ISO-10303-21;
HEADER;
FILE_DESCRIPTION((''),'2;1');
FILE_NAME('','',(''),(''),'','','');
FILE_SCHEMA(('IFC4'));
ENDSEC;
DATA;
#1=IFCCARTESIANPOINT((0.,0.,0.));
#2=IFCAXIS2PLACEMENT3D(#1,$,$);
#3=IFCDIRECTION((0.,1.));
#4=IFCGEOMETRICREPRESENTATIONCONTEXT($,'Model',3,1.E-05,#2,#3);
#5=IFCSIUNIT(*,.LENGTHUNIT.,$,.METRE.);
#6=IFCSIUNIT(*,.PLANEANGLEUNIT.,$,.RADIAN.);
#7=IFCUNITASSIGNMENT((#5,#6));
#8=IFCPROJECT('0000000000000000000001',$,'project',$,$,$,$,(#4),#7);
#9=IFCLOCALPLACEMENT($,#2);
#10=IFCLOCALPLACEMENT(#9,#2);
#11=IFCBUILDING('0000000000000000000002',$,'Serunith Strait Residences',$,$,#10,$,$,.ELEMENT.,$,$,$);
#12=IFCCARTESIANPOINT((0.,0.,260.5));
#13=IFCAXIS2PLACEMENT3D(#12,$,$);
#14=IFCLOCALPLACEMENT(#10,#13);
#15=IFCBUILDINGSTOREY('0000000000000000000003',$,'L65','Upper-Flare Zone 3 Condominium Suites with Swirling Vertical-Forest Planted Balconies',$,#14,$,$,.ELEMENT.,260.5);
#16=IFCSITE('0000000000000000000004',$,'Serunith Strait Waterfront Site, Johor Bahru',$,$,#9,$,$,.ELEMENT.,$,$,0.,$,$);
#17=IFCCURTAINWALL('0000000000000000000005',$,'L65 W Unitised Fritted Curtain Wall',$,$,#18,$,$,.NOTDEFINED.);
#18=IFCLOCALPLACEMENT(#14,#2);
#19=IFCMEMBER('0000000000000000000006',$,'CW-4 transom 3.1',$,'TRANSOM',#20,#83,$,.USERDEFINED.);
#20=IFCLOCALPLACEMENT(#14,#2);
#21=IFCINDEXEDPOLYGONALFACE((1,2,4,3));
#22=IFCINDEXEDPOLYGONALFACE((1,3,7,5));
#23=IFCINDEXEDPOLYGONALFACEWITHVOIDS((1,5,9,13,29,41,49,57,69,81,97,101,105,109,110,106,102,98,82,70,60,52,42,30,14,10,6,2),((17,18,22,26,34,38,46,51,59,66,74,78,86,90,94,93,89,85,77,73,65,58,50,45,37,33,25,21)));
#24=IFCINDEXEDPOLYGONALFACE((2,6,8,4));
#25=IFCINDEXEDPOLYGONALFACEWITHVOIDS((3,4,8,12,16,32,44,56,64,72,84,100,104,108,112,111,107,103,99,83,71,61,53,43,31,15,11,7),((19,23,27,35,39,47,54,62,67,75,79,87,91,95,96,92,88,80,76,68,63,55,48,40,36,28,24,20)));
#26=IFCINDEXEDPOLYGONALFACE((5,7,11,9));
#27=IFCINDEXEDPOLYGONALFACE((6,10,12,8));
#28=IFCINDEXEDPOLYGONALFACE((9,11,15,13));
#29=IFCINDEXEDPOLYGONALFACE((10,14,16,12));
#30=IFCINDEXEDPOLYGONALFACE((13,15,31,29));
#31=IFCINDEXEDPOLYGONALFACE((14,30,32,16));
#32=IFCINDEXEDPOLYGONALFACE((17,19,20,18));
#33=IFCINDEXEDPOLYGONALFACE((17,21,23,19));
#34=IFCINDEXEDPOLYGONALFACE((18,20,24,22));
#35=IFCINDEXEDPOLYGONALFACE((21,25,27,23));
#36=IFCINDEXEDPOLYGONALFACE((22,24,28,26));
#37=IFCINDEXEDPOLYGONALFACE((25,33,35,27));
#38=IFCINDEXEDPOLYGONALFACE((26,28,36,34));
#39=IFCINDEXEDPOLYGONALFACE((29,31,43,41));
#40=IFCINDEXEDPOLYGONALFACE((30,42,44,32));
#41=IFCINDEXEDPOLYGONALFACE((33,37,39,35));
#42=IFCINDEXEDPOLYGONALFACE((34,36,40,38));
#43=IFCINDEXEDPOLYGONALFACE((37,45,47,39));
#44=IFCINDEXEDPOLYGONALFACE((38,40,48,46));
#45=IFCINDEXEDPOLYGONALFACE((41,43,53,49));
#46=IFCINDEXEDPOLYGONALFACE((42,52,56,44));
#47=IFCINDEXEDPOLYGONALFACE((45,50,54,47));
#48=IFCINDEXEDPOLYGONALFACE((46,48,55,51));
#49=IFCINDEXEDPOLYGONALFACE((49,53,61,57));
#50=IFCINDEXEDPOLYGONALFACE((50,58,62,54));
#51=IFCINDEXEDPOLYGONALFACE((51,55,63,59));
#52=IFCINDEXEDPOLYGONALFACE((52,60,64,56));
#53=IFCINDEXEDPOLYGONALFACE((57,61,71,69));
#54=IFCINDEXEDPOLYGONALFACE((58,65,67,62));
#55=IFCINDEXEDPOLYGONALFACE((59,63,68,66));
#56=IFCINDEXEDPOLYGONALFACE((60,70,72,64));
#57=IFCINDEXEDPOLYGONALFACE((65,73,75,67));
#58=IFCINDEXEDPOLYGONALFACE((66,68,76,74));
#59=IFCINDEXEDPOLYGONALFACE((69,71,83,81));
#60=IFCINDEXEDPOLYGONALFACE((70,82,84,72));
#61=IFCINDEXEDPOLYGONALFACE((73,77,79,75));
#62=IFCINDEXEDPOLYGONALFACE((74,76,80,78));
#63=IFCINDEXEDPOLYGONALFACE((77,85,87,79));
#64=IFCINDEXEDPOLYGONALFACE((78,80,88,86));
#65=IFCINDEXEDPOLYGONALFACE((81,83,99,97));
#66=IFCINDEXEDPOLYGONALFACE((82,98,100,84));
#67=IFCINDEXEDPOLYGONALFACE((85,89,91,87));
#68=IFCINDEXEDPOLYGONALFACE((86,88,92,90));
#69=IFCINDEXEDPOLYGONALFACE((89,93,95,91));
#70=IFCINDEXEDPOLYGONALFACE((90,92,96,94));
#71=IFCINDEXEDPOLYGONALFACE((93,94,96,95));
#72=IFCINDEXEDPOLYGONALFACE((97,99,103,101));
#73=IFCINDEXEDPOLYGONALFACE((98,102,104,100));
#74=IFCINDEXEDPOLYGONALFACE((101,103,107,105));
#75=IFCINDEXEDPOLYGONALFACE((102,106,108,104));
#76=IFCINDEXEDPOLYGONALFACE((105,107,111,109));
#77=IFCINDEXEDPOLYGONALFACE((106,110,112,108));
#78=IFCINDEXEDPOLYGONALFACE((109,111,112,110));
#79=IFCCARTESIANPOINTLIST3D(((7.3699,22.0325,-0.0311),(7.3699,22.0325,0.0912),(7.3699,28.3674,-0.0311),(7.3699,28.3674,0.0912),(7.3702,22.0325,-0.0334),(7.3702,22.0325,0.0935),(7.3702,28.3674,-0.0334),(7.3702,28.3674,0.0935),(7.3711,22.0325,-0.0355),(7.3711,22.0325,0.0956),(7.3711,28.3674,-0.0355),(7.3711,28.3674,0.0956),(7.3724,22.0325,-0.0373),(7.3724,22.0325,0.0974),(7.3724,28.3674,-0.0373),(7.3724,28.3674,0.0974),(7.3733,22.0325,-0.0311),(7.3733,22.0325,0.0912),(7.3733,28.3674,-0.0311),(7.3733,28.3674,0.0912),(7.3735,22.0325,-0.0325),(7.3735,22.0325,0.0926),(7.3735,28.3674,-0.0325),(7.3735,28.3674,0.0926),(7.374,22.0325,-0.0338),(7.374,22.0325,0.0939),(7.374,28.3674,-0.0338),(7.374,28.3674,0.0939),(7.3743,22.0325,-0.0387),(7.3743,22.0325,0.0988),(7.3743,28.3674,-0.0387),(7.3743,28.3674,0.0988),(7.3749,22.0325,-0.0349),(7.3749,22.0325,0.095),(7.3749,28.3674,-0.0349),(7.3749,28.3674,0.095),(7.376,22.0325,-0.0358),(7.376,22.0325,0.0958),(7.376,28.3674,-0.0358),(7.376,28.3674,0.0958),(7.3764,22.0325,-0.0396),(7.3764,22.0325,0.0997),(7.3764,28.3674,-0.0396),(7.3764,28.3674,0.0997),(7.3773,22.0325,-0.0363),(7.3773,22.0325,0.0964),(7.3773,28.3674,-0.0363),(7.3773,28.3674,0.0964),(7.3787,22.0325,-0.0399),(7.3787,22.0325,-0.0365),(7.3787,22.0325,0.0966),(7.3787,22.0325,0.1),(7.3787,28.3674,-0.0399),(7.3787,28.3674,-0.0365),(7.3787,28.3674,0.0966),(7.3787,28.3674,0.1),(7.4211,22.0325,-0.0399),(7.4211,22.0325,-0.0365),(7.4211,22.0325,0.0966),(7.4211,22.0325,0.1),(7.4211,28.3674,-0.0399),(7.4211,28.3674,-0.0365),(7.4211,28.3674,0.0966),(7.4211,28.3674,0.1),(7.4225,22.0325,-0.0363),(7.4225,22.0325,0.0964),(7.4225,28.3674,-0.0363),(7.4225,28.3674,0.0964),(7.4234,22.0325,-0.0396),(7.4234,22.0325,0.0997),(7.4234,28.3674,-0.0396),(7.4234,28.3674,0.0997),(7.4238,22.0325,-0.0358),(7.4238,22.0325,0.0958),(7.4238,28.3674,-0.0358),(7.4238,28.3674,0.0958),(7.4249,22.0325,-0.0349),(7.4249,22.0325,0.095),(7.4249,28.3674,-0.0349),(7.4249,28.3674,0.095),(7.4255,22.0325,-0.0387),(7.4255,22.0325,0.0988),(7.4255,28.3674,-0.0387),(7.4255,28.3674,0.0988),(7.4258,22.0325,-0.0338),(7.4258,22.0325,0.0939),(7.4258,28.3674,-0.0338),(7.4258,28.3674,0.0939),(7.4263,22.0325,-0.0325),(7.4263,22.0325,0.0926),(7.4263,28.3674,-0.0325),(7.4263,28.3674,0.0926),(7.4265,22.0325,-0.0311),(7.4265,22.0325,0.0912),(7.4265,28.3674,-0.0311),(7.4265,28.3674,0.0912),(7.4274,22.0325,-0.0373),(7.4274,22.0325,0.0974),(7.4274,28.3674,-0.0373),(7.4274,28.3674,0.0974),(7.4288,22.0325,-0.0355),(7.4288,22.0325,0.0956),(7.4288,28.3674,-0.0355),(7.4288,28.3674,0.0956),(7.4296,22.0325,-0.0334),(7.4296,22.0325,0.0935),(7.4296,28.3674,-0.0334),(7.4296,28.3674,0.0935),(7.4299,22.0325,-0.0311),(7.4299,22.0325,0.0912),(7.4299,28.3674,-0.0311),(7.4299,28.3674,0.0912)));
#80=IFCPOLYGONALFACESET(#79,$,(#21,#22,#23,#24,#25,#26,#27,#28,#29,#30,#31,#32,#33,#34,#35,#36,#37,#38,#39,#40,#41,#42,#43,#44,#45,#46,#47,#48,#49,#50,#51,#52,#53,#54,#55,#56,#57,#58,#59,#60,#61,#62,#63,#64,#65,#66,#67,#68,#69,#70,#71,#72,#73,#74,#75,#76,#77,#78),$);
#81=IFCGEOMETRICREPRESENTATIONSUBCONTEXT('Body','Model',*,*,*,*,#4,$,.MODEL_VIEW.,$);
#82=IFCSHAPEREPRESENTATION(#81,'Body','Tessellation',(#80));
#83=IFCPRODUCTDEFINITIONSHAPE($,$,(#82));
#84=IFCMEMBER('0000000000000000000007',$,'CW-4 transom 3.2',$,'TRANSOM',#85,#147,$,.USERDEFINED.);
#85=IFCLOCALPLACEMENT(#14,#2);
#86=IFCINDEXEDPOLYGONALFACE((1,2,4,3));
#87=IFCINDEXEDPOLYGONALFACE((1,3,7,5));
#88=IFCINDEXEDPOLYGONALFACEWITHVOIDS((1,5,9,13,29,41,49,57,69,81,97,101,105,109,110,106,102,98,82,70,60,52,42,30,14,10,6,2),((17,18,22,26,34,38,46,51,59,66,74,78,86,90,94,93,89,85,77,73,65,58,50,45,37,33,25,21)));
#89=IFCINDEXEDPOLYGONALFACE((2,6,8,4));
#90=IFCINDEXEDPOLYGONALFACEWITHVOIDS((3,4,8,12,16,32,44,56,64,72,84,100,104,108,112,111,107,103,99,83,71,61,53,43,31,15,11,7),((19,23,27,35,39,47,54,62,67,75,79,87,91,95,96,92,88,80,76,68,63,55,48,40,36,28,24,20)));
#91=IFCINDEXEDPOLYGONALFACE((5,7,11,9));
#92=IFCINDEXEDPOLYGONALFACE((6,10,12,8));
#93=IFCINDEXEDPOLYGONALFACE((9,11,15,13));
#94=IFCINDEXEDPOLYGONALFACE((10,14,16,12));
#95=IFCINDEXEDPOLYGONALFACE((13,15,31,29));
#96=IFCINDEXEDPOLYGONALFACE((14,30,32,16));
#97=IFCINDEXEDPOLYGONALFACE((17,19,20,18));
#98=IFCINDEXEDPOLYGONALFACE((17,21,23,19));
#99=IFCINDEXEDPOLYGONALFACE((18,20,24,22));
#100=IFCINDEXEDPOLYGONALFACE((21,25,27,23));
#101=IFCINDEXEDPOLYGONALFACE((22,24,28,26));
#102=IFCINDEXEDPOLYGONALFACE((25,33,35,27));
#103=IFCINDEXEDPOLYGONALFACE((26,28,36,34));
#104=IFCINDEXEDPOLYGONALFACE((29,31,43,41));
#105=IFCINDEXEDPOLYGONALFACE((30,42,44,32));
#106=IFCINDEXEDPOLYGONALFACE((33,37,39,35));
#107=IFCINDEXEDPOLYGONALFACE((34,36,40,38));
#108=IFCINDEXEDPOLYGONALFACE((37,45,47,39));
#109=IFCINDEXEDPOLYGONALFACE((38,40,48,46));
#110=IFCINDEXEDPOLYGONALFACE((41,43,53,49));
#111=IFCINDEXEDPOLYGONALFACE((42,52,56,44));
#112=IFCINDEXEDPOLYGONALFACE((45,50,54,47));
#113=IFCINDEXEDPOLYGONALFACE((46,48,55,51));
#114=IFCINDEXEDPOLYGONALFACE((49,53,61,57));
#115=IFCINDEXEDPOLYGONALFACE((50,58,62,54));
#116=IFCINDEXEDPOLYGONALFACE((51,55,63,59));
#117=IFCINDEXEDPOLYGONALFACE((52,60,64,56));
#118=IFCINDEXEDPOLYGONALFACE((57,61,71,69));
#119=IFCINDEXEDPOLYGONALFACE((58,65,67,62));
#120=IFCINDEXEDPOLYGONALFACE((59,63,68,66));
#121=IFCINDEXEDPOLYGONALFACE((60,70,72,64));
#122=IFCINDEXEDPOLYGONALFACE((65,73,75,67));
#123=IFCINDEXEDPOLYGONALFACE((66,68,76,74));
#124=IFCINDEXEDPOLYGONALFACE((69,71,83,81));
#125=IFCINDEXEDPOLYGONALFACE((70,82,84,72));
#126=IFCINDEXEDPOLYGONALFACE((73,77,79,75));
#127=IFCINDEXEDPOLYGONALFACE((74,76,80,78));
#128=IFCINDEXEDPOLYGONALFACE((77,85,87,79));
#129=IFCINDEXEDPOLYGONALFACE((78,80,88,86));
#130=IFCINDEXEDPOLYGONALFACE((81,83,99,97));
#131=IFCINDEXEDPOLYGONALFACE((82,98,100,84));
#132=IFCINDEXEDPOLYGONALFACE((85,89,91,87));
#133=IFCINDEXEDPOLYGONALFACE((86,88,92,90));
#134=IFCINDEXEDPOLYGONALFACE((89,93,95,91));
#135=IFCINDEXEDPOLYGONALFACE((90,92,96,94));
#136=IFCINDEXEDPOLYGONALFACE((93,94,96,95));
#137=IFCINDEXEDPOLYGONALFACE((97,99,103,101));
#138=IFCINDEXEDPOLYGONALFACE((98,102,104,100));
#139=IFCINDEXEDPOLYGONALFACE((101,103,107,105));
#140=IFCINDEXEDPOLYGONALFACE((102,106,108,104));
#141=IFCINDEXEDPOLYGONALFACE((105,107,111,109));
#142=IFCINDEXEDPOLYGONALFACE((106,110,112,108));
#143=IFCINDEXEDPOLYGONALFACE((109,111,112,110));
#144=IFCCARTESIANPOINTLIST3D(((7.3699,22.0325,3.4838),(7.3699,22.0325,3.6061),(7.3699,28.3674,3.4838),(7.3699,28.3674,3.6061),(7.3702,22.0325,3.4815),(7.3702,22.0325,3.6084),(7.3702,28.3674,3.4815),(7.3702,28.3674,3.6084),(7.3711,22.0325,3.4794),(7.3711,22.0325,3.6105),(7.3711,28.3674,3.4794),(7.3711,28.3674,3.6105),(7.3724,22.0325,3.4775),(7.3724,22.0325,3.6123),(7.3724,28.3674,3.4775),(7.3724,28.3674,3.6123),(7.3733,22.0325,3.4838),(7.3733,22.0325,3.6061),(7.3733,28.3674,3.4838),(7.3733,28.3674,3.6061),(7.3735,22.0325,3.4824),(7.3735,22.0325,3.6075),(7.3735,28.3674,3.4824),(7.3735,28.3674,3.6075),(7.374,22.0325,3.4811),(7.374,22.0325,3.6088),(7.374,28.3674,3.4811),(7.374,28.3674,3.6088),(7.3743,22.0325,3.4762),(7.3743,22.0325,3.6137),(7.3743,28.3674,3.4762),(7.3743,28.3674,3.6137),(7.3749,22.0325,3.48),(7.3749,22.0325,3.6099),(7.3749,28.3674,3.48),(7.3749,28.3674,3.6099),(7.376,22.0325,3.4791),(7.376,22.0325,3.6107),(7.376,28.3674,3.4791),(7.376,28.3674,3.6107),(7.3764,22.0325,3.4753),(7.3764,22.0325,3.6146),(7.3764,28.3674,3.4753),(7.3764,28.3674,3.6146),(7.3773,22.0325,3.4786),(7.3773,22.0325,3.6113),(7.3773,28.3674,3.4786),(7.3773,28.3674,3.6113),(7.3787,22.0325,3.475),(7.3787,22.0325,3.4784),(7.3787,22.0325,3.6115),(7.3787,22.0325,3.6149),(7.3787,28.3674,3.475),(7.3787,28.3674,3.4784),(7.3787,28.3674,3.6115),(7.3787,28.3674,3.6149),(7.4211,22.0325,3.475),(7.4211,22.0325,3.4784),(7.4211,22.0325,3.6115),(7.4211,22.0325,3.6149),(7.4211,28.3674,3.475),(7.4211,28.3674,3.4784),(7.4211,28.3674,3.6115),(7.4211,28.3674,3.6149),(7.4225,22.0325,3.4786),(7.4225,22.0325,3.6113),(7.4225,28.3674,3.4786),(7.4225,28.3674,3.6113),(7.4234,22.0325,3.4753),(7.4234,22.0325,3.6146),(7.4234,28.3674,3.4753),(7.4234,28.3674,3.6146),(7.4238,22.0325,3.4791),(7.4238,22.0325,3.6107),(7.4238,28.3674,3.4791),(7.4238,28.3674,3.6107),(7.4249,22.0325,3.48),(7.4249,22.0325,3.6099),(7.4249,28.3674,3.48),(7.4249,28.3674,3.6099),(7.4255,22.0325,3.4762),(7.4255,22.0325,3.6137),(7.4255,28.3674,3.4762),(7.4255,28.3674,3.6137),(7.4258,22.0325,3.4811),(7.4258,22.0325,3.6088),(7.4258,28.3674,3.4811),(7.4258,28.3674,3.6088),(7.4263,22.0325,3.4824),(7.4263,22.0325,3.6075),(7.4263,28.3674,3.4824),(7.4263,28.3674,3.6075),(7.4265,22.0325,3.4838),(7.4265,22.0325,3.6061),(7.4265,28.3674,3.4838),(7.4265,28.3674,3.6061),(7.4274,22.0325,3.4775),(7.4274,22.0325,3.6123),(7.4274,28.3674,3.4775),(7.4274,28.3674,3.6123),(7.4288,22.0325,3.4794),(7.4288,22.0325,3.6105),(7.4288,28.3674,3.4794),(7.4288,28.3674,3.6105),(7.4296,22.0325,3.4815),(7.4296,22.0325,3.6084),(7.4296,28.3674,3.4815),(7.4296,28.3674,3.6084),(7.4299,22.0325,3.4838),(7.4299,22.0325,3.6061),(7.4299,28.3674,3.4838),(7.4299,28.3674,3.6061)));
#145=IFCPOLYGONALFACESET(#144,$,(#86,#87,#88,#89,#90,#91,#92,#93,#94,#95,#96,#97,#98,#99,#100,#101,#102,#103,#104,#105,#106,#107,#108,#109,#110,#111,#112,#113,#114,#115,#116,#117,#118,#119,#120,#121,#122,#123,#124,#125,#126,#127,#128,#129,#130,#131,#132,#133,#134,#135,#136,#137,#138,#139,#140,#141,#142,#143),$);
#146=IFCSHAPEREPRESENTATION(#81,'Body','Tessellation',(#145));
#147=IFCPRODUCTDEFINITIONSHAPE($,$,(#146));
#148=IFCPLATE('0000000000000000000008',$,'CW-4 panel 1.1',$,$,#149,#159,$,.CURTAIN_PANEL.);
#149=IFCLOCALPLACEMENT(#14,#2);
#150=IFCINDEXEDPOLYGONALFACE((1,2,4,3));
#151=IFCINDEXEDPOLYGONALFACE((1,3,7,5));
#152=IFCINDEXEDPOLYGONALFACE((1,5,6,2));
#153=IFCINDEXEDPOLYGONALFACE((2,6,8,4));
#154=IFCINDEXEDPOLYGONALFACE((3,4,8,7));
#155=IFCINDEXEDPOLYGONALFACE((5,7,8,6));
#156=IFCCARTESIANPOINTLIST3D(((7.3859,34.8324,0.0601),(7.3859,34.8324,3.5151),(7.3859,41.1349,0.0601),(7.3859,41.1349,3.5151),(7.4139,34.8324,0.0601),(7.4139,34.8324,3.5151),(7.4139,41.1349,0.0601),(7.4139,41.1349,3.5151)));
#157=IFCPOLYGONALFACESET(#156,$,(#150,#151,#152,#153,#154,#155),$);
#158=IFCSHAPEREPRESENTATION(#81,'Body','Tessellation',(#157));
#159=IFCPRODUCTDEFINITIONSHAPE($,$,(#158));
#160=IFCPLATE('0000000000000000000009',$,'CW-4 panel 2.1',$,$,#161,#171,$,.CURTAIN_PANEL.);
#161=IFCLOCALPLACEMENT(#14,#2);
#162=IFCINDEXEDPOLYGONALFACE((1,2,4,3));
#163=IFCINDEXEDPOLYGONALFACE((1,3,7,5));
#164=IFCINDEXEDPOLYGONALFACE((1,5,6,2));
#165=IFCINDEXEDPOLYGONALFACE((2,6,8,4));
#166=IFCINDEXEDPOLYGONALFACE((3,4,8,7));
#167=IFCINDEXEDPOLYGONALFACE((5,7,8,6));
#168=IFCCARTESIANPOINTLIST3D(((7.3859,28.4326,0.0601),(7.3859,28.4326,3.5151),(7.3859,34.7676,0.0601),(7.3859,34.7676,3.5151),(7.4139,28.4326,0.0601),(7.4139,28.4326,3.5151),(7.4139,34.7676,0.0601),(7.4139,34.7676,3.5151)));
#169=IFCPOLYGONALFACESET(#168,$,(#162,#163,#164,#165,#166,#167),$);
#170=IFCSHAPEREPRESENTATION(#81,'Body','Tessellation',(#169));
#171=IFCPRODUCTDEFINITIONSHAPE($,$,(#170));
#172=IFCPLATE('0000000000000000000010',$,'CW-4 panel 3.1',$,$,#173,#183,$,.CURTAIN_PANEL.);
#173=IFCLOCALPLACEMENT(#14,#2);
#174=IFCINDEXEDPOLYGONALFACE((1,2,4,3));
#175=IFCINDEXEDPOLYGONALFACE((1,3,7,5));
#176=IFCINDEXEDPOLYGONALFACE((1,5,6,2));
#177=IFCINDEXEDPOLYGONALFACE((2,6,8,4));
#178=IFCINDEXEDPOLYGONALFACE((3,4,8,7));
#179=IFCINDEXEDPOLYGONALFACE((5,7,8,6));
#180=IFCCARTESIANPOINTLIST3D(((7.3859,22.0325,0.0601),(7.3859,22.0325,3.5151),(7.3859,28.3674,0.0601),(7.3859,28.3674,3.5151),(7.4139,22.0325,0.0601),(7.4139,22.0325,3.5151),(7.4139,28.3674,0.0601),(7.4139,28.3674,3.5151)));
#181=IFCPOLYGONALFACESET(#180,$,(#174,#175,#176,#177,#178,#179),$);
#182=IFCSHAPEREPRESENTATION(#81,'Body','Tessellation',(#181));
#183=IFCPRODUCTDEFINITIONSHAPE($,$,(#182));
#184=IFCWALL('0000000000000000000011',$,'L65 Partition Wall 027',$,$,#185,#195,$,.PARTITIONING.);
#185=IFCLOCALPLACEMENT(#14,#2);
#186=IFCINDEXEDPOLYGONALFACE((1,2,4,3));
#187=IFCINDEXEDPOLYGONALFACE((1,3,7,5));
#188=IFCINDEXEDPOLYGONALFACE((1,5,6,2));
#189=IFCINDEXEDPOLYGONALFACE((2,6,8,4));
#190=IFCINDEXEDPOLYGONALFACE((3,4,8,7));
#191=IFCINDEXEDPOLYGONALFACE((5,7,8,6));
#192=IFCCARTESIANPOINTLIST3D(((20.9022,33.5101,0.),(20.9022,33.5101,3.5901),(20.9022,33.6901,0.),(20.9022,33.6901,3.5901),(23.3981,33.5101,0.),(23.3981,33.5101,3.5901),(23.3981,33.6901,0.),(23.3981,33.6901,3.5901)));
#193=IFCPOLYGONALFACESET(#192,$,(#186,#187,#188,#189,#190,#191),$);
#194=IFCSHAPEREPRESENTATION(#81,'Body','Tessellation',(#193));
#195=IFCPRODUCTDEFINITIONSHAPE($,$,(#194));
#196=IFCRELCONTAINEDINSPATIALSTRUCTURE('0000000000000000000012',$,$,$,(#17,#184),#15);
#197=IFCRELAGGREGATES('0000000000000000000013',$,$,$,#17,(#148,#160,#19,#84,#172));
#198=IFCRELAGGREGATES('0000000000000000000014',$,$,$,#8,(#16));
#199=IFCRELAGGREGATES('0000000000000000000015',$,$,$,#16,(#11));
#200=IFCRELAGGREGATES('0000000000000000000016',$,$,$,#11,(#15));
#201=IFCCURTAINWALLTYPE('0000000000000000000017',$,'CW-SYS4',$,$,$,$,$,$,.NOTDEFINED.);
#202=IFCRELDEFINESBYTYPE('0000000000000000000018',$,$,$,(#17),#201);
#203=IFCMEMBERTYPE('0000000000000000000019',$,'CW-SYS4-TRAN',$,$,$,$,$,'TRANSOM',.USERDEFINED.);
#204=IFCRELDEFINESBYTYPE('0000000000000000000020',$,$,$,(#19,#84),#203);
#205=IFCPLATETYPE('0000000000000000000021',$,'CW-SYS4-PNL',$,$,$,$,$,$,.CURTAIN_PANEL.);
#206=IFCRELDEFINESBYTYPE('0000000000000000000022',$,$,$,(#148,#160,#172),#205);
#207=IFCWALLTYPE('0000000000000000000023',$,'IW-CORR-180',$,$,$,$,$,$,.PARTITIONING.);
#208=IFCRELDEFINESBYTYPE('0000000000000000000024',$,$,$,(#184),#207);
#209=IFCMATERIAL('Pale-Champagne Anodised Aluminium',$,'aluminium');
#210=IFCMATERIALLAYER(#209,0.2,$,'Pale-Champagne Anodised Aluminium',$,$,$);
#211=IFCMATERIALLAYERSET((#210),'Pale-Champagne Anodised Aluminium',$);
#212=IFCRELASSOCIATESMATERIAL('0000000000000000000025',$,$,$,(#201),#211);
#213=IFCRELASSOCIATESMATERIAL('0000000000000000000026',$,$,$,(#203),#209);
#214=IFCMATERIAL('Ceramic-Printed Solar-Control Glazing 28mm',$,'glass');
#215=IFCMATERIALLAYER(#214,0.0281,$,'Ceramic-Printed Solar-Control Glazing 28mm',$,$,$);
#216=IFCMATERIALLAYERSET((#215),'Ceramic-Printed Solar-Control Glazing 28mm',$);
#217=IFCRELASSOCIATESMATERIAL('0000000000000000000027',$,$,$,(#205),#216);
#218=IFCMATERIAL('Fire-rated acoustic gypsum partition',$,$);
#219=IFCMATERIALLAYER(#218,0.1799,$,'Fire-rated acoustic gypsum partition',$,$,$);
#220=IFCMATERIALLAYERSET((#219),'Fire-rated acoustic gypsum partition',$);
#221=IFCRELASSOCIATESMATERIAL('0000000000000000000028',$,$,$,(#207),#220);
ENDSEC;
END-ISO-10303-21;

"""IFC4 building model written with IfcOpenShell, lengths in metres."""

from ifc_helpers import new_model, si_unit, direction, frame, frame_2d, origin, origin_2d, place, context, subcontext, project, spatial, rectangle, hollow_rectangle, extrude, source, transform, mapped, material, layer, layer_set, material_profile, profile_set, type_object, element, aggregate, save


model = new_model("IFC4")

# Units and contexts
model_context = context("Model", 3, precision=1e-05, world=origin(), true_north=direction((0.0, 1.0)))
body_context = subcontext(model_context, "Body", "Model", "MODEL_VIEW")
ifc_project = project(units=[si_unit("LENGTHUNIT", "METRE"), si_unit("PLANEANGLEUNIT", "RADIAN")], contexts=[model_context])

# Site, building, storey
site_placement = place(None, origin())
site = spatial("IfcSite", under=ifc_project, at=site_placement, Name="Serunith Strait Waterfront Site, Johor Bahru", CompositionType="ELEMENT", RefElevation=0.0)
building_placement = place(site_placement, origin())
building = spatial("IfcBuilding", under=site, at=building_placement, Name="Serunith Strait Residences", CompositionType="ELEMENT")
storey_placement = place(building_placement, frame((0.0, 0.0, 260.5)))
storey = spatial("IfcBuildingStorey", under=building, at=storey_placement, Name="L65", Description="Upper-Flare Zone 3 Condominium Suites with Swirling Vertical-Forest Planted Balconies", CompositionType="ELEMENT", Elevation=260.5)

# Curtain wall, members, plates
ifc_material_1 = material(Name="Pale-Champagne Anodised Aluminium", Category="aluminium")
ifc_layer_1 = layer(ifc_material_1, 0.2, Name="Pale-Champagne Anodised Aluminium")
ifc_layer_set_1 = layer_set([ifc_layer_1], Name="Pale-Champagne Anodised Aluminium")
curtain_wall_type = type_object("IfcCurtainWallType", Name="CW-SYS4", PredefinedType="NOTDEFINED", material=ifc_layer_set_1)
curtain_wall_placement = place(storey_placement, origin())
curtain_wall = element("IfcCurtainWall", 1, at=curtain_wall_placement, inside=storey, type_object=curtain_wall_type, Name="L65 W Unitised Fritted Curtain Wall", PredefinedType="NOTDEFINED")
ifc_material_profile_1 = material_profile(ifc_material_1, hollow_rectangle(XDim=0.0601, YDim=0.1399, WallThickness=0.0034, InnerFilletRadius=0.0054, OuterFilletRadius=0.0088, at=origin_2d()), Name="ALU 140x60x3.5")
ifc_profile_set_1 = profile_set([ifc_material_profile_1], Name="Pale-Champagne Anodised Aluminium")
member_type_1 = type_object("IfcMemberType", Name="CW-SYS4-TRAN", ElementType="TRANSOM", PredefinedType="USERDEFINED", material=ifc_profile_set_1)
shared_shape_1 = source(origin(), body_context, "Body", "SweptSolid", [
    extrude(hollow_rectangle(XDim=0.0601, YDim=0.1399, WallThickness=0.0034, InnerFilletRadius=0.0054, OuterFilletRadius=0.0088, at=origin_2d()), origin(), (0.0, 0.0, 1.0), 6.335),
])
member_1_placement = place(storey_placement, frame((7.3999, 28.3674, 0.03), z_axis=(0.0, -1.0, 0.0), x_axis=(1.0, 0.0, 0.0)))
member_1 = element("IfcMember", 2, at=member_1_placement, type_object=member_type_1, Name="CW-4 transom 3.1", ObjectType="TRANSOM", PredefinedType="USERDEFINED", context=body_context, shape_type="MappedRepresentation", body=[
    mapped(shared_shape_1, transform((0.0, 0.0, 0.0), scale=1.0)),
])
member_2_placement = place(storey_placement, frame((7.3999, 28.3674, 3.5449), z_axis=(0.0, -1.0, 0.0), x_axis=(1.0, 0.0, 0.0)))
member_2 = element("IfcMember", 3, at=member_2_placement, type_object=member_type_1, Name="CW-4 transom 3.2", ObjectType="TRANSOM", PredefinedType="USERDEFINED", context=body_context, shape_type="MappedRepresentation", body=[
    mapped(shared_shape_1, transform((0.0, 0.0, 0.0), scale=1.0)),
])
ifc_material_2 = material(Name="Ceramic-Printed Solar-Control Glazing 28mm", Category="glass")
ifc_layer_2 = layer(ifc_material_2, 0.0281, Name="Ceramic-Printed Solar-Control Glazing 28mm")
ifc_layer_set_2 = layer_set([ifc_layer_2], Name="Ceramic-Printed Solar-Control Glazing 28mm")
plate_type = type_object("IfcPlateType", Name="CW-SYS4-PNL", PredefinedType="CURTAIN_PANEL", material=ifc_layer_set_2)
shared_shape_2 = source(origin(), body_context, "Body", "SweptSolid", [
    extrude(rectangle(XDim=6.3025, YDim=0.0281, at=origin_2d()), origin(), (0.0, 0.0, 1.0), 3.4551),
])
plate_1_placement = place(storey_placement, frame((7.3999, 37.9836, 0.0601), z_axis=(0.0, 0.0, 1.0), x_axis=(0.0, -1.0, 0.0)))
plate_1 = element("IfcPlate", 4, at=plate_1_placement, type_object=plate_type, Name="CW-4 panel 1.1", PredefinedType="CURTAIN_PANEL", context=body_context, shape_type="MappedRepresentation", body=[
    mapped(shared_shape_2, transform((0.0, 0.0, 0.0), scale=1.0)),
])
shared_shape_3 = source(origin(), body_context, "Body", "SweptSolid", [
    extrude(rectangle(XDim=6.335, YDim=0.0281, at=origin_2d()), origin(), (0.0, 0.0, 1.0), 3.4551),
])
plate_2_placement = place(storey_placement, frame((7.3999, 31.6001, 0.0601), z_axis=(0.0, 0.0, 1.0), x_axis=(0.0, -1.0, 0.0)))
plate_2 = element("IfcPlate", 5, at=plate_2_placement, type_object=plate_type, Name="CW-4 panel 2.1", PredefinedType="CURTAIN_PANEL", context=body_context, shape_type="MappedRepresentation", body=[
    mapped(shared_shape_3, transform((0.0, 0.0, 0.0), scale=1.0)),
])
plate_3_placement = place(storey_placement, frame((7.3999, 25.2, 0.0601), z_axis=(0.0, 0.0, 1.0), x_axis=(0.0, -1.0, 0.0)))
plate_3 = element("IfcPlate", 6, at=plate_3_placement, type_object=plate_type, Name="CW-4 panel 3.1", PredefinedType="CURTAIN_PANEL", context=body_context, shape_type="MappedRepresentation", body=[
    mapped(shared_shape_3, transform((0.0, 0.0, 0.0), scale=1.0)),
])
aggregate(curtain_wall, [plate_1, plate_2, member_1, member_2, plate_3])

# Wall
ifc_material_3 = material(Name="Fire-rated acoustic gypsum partition")
ifc_layer_3 = layer(ifc_material_3, 0.1799, Name="Fire-rated acoustic gypsum partition")
ifc_layer_set_3 = layer_set([ifc_layer_3], Name="Fire-rated acoustic gypsum partition")
wall_type_1 = type_object("IfcWallType", Name="IW-CORR-180", PredefinedType="PARTITIONING", material=ifc_layer_set_3)
wall_1_placement = place(storey_placement, frame((20.9021, 33.6001, 0.0), z_axis=(0.0, 0.0, 1.0), x_axis=(1.0, 0.0, 0.0)))
element("IfcWall", 7, at=wall_1_placement, inside=storey, type_object=wall_type_1, Name="L65 Partition Wall 027", PredefinedType="PARTITIONING", context=body_context, shape_type="SweptSolid", body=[
    extrude(rectangle(XDim=2.4958, YDim=0.1799, at=frame_2d((1.248, 0.0))), origin(), (0.0, 0.0, 1.0), 3.5901),
])

save(model, "model.ifc")
